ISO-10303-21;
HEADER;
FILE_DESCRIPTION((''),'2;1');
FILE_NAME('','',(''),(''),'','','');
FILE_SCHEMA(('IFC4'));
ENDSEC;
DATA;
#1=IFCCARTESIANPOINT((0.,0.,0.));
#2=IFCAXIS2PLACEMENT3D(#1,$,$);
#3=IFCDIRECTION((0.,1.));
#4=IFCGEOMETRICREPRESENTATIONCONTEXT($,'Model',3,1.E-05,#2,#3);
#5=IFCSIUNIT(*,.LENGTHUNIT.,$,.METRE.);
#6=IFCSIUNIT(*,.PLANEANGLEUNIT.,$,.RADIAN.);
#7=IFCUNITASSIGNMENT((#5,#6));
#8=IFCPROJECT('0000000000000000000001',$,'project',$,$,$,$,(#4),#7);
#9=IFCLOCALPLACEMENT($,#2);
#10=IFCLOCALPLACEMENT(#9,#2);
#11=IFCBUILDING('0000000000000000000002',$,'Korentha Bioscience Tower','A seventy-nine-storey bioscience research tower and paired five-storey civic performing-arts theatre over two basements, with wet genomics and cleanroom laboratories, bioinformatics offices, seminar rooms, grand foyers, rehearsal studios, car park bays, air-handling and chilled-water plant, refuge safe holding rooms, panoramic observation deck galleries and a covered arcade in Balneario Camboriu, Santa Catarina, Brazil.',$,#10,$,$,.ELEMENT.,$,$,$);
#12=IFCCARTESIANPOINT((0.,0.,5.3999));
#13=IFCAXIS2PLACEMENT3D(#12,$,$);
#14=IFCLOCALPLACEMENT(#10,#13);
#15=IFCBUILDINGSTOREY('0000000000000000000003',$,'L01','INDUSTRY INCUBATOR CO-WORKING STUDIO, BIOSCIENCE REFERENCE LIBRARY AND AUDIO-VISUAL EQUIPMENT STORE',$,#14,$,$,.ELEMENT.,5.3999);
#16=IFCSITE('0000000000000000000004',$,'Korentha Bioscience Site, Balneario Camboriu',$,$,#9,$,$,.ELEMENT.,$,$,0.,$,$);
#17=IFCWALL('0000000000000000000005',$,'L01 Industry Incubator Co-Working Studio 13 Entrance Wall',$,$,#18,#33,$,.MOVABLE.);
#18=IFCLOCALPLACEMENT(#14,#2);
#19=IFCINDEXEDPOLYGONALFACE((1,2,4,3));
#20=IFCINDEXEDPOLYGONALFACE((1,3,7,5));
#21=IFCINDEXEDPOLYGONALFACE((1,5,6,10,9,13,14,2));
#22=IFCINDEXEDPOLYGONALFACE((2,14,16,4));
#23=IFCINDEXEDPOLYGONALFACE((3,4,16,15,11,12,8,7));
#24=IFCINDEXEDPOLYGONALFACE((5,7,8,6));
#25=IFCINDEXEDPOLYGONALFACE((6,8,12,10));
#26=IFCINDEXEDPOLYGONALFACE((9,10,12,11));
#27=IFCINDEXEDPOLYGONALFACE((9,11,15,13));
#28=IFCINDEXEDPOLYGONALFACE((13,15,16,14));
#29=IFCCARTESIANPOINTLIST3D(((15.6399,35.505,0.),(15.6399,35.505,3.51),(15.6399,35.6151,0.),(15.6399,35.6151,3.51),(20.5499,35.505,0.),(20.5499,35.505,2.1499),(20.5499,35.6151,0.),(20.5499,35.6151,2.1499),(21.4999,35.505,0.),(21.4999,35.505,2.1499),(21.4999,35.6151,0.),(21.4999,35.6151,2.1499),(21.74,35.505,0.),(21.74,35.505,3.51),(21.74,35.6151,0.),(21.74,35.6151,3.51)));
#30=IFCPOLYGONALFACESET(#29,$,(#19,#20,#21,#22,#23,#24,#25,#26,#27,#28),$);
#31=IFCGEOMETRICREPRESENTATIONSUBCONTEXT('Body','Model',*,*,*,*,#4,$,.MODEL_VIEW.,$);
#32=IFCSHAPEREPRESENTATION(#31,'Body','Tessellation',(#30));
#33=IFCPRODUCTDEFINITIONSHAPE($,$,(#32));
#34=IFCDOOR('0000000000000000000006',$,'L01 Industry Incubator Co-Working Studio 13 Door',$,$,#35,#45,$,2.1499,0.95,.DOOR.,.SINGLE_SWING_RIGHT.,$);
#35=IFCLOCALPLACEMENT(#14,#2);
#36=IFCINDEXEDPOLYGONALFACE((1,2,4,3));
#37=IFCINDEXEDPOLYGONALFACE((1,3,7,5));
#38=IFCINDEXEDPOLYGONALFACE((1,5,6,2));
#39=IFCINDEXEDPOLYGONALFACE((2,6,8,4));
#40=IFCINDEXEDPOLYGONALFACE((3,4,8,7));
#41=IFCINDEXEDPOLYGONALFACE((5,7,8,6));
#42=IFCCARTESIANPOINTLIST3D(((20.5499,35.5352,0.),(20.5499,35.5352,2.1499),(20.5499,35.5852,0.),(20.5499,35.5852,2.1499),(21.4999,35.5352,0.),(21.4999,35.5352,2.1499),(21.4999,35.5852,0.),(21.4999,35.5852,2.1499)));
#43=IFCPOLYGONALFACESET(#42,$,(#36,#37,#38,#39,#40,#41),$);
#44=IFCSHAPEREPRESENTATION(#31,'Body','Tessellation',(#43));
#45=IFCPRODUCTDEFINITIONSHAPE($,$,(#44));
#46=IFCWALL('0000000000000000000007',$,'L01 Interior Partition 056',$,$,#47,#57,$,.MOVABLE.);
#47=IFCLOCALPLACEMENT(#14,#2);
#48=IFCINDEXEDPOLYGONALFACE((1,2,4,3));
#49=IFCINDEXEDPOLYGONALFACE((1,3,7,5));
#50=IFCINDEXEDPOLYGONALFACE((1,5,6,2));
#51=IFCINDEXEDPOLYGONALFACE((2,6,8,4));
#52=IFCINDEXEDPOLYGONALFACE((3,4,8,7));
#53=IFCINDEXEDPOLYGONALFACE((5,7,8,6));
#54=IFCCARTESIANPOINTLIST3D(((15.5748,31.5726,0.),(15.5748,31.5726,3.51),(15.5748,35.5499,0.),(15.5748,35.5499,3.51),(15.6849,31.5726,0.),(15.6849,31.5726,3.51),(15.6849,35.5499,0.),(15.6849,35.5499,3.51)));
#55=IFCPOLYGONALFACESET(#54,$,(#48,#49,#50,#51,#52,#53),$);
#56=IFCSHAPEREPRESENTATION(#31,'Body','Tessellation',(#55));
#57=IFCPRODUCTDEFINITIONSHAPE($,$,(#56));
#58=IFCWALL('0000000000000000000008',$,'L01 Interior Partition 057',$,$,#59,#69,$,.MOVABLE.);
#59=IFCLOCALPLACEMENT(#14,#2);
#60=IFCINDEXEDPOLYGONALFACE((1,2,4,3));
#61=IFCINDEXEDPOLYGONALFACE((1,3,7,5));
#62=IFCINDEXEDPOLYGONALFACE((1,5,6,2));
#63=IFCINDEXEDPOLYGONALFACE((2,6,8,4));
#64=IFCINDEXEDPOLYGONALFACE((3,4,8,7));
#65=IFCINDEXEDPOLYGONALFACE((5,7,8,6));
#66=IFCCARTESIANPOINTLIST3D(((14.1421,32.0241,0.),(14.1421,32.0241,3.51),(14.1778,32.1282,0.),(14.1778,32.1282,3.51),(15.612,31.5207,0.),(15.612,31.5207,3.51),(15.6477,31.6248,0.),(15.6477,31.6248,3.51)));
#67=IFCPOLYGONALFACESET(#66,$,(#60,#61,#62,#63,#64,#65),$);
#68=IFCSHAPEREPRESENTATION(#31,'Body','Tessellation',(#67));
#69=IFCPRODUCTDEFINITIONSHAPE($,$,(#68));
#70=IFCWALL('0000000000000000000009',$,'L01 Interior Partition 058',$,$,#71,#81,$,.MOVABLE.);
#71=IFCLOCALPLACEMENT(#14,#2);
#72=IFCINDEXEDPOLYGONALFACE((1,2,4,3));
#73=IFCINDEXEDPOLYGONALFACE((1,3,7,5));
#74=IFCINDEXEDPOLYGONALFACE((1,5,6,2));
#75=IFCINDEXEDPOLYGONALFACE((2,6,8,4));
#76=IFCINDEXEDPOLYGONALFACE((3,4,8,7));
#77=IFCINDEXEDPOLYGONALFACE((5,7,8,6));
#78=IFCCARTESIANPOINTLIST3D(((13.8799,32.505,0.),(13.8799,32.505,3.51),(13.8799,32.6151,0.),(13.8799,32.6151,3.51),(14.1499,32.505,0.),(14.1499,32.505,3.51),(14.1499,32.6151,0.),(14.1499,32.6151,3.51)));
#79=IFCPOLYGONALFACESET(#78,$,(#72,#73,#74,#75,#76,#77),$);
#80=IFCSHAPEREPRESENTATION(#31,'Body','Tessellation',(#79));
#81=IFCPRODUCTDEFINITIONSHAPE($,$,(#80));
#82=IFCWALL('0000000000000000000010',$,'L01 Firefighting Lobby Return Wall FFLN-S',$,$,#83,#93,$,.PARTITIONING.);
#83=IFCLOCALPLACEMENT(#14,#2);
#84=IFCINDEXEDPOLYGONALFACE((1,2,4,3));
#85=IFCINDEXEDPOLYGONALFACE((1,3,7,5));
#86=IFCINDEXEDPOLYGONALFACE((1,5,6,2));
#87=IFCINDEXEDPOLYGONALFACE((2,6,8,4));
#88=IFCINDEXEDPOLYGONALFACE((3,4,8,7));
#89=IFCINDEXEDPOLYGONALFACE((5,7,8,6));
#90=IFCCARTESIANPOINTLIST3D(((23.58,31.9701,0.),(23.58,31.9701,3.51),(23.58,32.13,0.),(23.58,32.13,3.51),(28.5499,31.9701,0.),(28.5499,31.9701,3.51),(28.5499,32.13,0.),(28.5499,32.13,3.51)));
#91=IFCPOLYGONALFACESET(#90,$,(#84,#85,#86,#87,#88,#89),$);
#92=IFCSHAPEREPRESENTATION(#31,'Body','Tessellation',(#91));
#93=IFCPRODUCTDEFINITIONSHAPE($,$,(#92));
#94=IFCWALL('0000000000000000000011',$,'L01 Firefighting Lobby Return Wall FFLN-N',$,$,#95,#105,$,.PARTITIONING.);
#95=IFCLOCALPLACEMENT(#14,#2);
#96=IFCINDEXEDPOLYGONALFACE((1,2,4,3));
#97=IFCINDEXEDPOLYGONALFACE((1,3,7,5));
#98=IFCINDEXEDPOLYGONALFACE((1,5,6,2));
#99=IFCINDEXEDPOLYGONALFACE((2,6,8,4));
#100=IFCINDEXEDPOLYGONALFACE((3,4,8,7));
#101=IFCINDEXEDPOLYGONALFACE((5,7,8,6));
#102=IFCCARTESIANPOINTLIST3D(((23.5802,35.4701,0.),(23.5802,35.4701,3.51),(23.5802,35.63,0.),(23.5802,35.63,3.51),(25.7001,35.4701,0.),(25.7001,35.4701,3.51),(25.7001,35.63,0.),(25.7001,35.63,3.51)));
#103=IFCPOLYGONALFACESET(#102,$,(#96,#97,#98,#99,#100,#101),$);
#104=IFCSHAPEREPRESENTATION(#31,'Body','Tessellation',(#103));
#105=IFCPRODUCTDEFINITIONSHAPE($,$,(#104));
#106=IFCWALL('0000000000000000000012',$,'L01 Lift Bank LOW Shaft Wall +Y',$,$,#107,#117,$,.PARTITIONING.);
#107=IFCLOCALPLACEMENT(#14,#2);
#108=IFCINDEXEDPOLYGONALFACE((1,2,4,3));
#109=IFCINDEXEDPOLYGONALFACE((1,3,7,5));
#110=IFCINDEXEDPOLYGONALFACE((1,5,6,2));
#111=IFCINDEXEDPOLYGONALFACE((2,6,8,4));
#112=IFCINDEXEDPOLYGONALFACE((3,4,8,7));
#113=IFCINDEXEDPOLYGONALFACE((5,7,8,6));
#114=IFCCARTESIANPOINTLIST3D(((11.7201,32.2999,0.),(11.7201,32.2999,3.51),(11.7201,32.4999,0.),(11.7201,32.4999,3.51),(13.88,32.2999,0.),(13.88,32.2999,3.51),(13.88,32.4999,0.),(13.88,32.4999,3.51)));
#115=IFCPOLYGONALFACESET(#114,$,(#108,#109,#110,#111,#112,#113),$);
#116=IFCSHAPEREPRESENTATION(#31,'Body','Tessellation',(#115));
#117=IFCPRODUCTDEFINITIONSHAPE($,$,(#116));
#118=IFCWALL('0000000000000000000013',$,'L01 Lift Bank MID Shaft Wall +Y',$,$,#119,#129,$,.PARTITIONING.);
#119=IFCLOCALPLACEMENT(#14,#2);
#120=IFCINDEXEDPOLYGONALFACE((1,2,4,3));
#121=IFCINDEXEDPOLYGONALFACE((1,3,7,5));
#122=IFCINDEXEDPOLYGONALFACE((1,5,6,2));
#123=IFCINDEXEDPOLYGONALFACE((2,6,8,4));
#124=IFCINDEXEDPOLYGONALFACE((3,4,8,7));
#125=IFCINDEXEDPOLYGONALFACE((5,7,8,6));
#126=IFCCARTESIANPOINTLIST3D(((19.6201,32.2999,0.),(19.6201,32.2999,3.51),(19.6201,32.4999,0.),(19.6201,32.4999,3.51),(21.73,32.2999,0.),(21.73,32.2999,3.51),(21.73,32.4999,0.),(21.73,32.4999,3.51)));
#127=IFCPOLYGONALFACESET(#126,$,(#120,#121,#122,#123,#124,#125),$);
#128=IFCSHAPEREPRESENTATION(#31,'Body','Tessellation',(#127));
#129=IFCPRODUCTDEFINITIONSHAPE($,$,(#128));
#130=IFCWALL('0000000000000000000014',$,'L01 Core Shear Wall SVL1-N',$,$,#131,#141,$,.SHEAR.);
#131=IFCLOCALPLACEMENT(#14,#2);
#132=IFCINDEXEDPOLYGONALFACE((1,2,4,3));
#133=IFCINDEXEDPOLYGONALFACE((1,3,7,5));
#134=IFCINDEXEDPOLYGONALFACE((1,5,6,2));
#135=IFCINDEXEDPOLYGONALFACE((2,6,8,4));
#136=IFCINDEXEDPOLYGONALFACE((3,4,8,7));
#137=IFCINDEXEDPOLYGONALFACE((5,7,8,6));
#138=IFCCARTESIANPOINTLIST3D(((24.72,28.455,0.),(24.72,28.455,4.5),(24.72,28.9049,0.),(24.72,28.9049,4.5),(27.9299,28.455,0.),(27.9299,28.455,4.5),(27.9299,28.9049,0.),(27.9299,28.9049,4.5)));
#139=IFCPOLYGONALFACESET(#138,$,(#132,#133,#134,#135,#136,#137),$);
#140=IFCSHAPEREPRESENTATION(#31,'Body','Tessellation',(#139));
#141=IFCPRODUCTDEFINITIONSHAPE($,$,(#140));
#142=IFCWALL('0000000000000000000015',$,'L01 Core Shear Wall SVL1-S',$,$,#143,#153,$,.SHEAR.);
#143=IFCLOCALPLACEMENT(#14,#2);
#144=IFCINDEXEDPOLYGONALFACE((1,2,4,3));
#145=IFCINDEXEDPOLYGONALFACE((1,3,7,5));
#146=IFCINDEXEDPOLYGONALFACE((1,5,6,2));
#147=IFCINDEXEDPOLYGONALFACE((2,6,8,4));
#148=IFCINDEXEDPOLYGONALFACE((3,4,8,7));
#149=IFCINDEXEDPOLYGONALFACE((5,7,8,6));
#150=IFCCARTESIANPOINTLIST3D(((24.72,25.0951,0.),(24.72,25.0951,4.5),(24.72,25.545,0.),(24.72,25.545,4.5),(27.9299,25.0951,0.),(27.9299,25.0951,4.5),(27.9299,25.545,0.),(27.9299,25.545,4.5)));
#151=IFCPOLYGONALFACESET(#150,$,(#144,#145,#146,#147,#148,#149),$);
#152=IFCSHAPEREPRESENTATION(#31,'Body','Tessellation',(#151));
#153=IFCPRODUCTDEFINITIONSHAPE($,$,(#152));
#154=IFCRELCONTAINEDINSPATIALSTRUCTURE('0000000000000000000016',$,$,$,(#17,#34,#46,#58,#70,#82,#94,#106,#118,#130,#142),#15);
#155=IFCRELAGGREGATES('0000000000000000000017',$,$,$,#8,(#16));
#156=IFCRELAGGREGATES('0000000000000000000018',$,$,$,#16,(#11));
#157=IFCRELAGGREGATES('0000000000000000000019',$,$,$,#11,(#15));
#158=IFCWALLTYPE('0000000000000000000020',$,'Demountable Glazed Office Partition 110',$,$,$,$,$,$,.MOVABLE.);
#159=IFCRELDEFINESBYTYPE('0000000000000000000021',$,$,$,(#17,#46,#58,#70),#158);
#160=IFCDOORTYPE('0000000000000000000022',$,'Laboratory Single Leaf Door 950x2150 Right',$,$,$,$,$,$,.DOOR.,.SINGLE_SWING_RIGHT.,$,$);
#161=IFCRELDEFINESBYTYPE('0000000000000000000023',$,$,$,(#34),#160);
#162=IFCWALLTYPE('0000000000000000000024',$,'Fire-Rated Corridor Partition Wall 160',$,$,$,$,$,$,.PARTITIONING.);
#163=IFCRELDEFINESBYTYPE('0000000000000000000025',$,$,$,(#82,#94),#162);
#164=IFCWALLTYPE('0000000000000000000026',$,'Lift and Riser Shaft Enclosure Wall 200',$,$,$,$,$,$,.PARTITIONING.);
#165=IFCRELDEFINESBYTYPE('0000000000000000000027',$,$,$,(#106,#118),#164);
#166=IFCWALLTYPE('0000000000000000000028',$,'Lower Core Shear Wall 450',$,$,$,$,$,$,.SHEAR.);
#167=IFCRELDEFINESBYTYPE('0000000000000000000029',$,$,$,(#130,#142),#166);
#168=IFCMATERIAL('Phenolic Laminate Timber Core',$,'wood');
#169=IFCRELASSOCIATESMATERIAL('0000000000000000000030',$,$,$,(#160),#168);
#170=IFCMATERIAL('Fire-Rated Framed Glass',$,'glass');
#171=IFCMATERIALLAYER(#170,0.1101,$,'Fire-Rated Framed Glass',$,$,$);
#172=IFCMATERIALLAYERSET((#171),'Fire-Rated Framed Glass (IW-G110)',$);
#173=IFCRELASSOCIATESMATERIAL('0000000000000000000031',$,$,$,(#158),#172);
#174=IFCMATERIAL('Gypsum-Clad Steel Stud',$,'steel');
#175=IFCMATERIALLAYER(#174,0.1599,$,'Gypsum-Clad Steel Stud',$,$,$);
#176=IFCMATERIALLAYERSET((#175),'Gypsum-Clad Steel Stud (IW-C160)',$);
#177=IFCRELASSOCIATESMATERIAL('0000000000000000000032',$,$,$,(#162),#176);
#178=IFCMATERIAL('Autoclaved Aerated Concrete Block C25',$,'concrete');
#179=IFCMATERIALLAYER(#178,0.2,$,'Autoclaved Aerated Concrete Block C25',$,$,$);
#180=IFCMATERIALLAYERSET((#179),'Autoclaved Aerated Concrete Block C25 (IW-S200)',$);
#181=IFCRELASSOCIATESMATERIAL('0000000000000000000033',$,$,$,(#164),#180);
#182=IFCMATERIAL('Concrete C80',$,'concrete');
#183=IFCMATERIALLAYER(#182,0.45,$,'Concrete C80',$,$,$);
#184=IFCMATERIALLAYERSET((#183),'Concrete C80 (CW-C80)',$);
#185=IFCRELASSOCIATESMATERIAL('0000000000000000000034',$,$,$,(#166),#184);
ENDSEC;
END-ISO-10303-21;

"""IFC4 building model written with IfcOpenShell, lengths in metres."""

from ifc_helpers import new_model, si_unit, direction, frame, frame_2d, origin, place, context, subcontext, project, spatial, rectangle, extrude, material, layer, layer_set, type_object, element, fill, save


model = new_model("IFC4")

# Units and contexts
model_context = context("Model", 3, precision=1e-05, world=origin(), true_north=direction((0.0, 1.0)))
body_context = subcontext(model_context, "Body", "Model", "MODEL_VIEW")
ifc_project = project(units=[si_unit("LENGTHUNIT", "METRE"), si_unit("PLANEANGLEUNIT", "RADIAN")], contexts=[model_context])

# Site, building, storey
site_placement = place(None, origin())
site = spatial("IfcSite", under=ifc_project, at=site_placement, Name="Korentha Bioscience Site, Balneario Camboriu", CompositionType="ELEMENT", RefElevation=0.0)
building_placement = place(site_placement, origin())
building = spatial("IfcBuilding", under=site, at=building_placement, Name="Korentha Bioscience Tower", Description="A seventy-nine-storey bioscience research tower and paired five-storey civic performing-arts theatre over two basements, with wet genomics and cleanroom laboratories, bioinformatics offices, seminar rooms, grand foyers, rehearsal studios, car park bays, air-handling and chilled-water plant, refuge safe holding rooms, panoramic observation deck galleries and a covered arcade in Balneario Camboriu, Santa Catarina, Brazil.", CompositionType="ELEMENT")
storey_placement = place(building_placement, frame((0.0, 0.0, 5.3999)))
storey = spatial("IfcBuildingStorey", under=building, at=storey_placement, Name="L01", Description="INDUSTRY INCUBATOR CO-WORKING STUDIO, BIOSCIENCE REFERENCE LIBRARY AND AUDIO-VISUAL EQUIPMENT STORE", CompositionType="ELEMENT", Elevation=5.3999)

# Shared definitions
ifc_material_1 = material(Name="Concrete C80", Category="concrete")

# Shared definitions
ifc_material_2 = material(Name="Phenolic Laminate Timber Core", Category="wood")
door_type_1 = type_object("IfcDoorType", Name="Laboratory Single Leaf Door 950x2150 Right", OperationType="SINGLE_SWING_RIGHT", PredefinedType="DOOR", material=ifc_material_2)

# Wall, opening, door
ifc_material_3 = material(Name="Fire-Rated Framed Glass", Category="glass")
ifc_layer_1 = layer(ifc_material_3, 0.1101, Name="Fire-Rated Framed Glass")
ifc_layer_set_1 = layer_set([ifc_layer_1], Name="Fire-Rated Framed Glass (IW-G110)")
wall_type_1 = type_object("IfcWallType", Name="Demountable Glazed Office Partition 110", PredefinedType="MOVABLE", material=ifc_layer_set_1)
wall_1_placement = place(storey_placement, frame((21.74, 35.5601, 0.0), z_axis=(0.0, 0.0, 1.0), x_axis=(-1.0, 0.0, 0.0)))
wall_1 = element("IfcWall", 1, at=wall_1_placement, inside=storey, type_object=wall_type_1, Name="L01 Industry Incubator Co-Working Studio 13 Entrance Wall", PredefinedType="MOVABLE", context=body_context, shape_type="SweptSolid", body=[
    extrude(rectangle(XDim=6.1001, YDim=0.1101, at=frame_2d((3.05, 0.0))), origin(), (0.0, 0.0, 1.0), 3.51),
])
opening_1_placement = place(wall_1_placement, frame((0.24, 0.0, 0.0)))
opening_1 = element("IfcOpeningElement", 2, at=opening_1_placement, cuts=wall_1, PredefinedType="OPENING", context=body_context, shape_type="SweptSolid", body=[
    extrude(rectangle(XDim=0.95, YDim=2.1499, at=frame_2d((0.4751, 1.075))), frame((0.0, 0.0698, 0.0), z_axis=(0.0, -1.0, 0.0), x_axis=(1.0, 0.0, 0.0)), (0.0, 0.0, 1.0), 0.1399),
])
door_1_placement = place(opening_1_placement, origin())
door_1 = element("IfcDoor", 3, at=door_1_placement, inside=storey, type_object=door_type_1, Name="L01 Industry Incubator Co-Working Studio 13 Door", OperationType="SINGLE_SWING_RIGHT", OverallHeight=2.1499, OverallWidth=0.95, PredefinedType="DOOR", context=body_context, shape_type="SweptSolid", body=[
    extrude(rectangle(XDim=0.95, YDim=2.1499, at=frame_2d((0.4751, 1.075))), frame((0.0, 0.0249, 0.0), z_axis=(0.0, -1.0, 0.0), x_axis=(1.0, 0.0, 0.0)), (0.0, 0.0, 1.0), 0.05),
])
fill(opening_1, door_1)

# Walls
wall_2_placement = place(storey_placement, frame((15.6299, 35.55, 0.0), z_axis=(0.0, 0.0, 1.0), x_axis=(0.0, -1.0, 0.0)))
element("IfcWall", 4, at=wall_2_placement, inside=storey, type_object=wall_type_1, Name="L01 Interior Partition 056", PredefinedType="MOVABLE", context=body_context, shape_type="SweptSolid", body=[
    extrude(rectangle(XDim=3.9773, YDim=0.1101, at=frame_2d((1.9888, 0.0))), origin(), (0.0, 0.0, 1.0), 3.51),
])
wall_3_placement = place(storey_placement, frame((15.6299, 31.5728, 0.0), z_axis=(0.0, 0.0, 1.0), x_axis=(-0.946059, 0.323995, 0.0)))
element("IfcWall", 5, at=wall_3_placement, inside=storey, type_object=wall_type_1, Name="L01 Interior Partition 057", PredefinedType="MOVABLE", context=body_context, shape_type="SweptSolid", body=[
    extrude(rectangle(XDim=1.5537, YDim=0.1101, at=frame_2d((0.7769, 0.0))), origin(), (0.0, 0.0, 1.0), 3.51),
])
wall_4_placement = place(storey_placement, frame((14.1499, 32.5601, 0.0), z_axis=(0.0, 0.0, 1.0), x_axis=(-1.0, 0.0, 0.0)))
element("IfcWall", 6, at=wall_4_placement, inside=storey, type_object=wall_type_1, Name="L01 Interior Partition 058", PredefinedType="MOVABLE", context=body_context, shape_type="SweptSolid", body=[
    extrude(rectangle(XDim=0.27, YDim=0.1101, at=frame_2d((0.135, 0.0))), origin(), (0.0, 0.0, 1.0), 3.51),
])

# Shared definitions
ifc_material_4 = material(Name="Gypsum-Clad Steel Stud", Category="steel")
ifc_layer_2 = layer(ifc_material_4, 0.1599, Name="Gypsum-Clad Steel Stud")
ifc_layer_set_2 = layer_set([ifc_layer_2], Name="Gypsum-Clad Steel Stud (IW-C160)")
wall_type_2 = type_object("IfcWallType", Name="Fire-Rated Corridor Partition Wall 160", PredefinedType="PARTITIONING", material=ifc_layer_set_2)

# Walls
wall_5_placement = place(storey_placement, frame((23.5801, 32.05, 0.0), z_axis=(0.0, 0.0, 1.0), x_axis=(1.0, 0.0, 0.0)))
element("IfcWall", 7, at=wall_5_placement, inside=storey, type_object=wall_type_2, Name="L01 Firefighting Lobby Return Wall FFLN-S", PredefinedType="PARTITIONING", context=body_context, shape_type="SweptSolid", body=[
    extrude(rectangle(XDim=4.97, YDim=0.1599, at=frame_2d((2.4849, 0.0))), origin(), (0.0, 0.0, 1.0), 3.51),
])
wall_6_placement = place(storey_placement, frame((23.5801, 35.55, 0.0), z_axis=(0.0, 0.0, 1.0), x_axis=(1.0, 0.0, 0.0)))
element("IfcWall", 8, at=wall_6_placement, inside=storey, type_object=wall_type_2, Name="L01 Firefighting Lobby Return Wall FFLN-N", PredefinedType="PARTITIONING", context=body_context, shape_type="SweptSolid", body=[
    extrude(rectangle(XDim=2.1199, YDim=0.1599, at=frame_2d((1.0601, 0.0))), origin(), (0.0, 0.0, 1.0), 3.51),
])
ifc_material_5 = material(Name="Autoclaved Aerated Concrete Block C25", Category="concrete")
ifc_layer_3 = layer(ifc_material_5, 0.2, Name="Autoclaved Aerated Concrete Block C25")
ifc_layer_set_3 = layer_set([ifc_layer_3], Name="Autoclaved Aerated Concrete Block C25 (IW-S200)")
wall_type_3 = type_object("IfcWallType", Name="Lift and Riser Shaft Enclosure Wall 200", PredefinedType="PARTITIONING", material=ifc_layer_set_3)
wall_7_placement = place(storey_placement, frame((11.72, 32.3999, 0.0), z_axis=(0.0, 0.0, 1.0), x_axis=(1.0, 0.0, 0.0)))
element("IfcWall", 9, at=wall_7_placement, inside=storey, type_object=wall_type_3, Name="L01 Lift Bank LOW Shaft Wall +Y", PredefinedType="PARTITIONING", context=body_context, shape_type="SweptSolid", body=[
    extrude(rectangle(XDim=2.1599, YDim=0.2, at=frame_2d((1.0801, 0.0))), origin(), (0.0, 0.0, 1.0), 3.51),
])
wall_8_placement = place(storey_placement, frame((19.6201, 32.3999, 0.0), z_axis=(0.0, 0.0, 1.0), x_axis=(1.0, 0.0, 0.0)))
element("IfcWall", 10, at=wall_8_placement, inside=storey, type_object=wall_type_3, Name="L01 Lift Bank MID Shaft Wall +Y", PredefinedType="PARTITIONING", context=body_context, shape_type="SweptSolid", body=[
    extrude(rectangle(XDim=2.1099, YDim=0.2, at=frame_2d((1.0549, 0.0))), origin(), (0.0, 0.0, 1.0), 3.51),
])
ifc_layer_4 = layer(ifc_material_1, 0.45, Name="Concrete C80")
ifc_layer_set_4 = layer_set([ifc_layer_4], Name="Concrete C80 (CW-C80)")
wall_type_4 = type_object("IfcWallType", Name="Lower Core Shear Wall 450", PredefinedType="SHEAR", material=ifc_layer_set_4)
for number, where, z_axis, x_axis, name in (
    (11, (24.72, 28.6799, 0.0), (0.0, 0.0, 1.0), (1.0, 0.0, 0.0), "L01 Core Shear Wall SVL1-N"),
    (12, (24.72, 25.3201, 0.0), (0.0, 0.0, 1.0), (1.0, 0.0, 0.0), "L01 Core Shear Wall SVL1-S"),
):
    element("IfcWall", number, at=place(storey_placement, frame(where, z_axis=z_axis, x_axis=x_axis)), inside=storey, type_object=wall_type_4, Name=name, PredefinedType="SHEAR", context=body_context, shape_type="SweptSolid", body=[
        extrude(rectangle(XDim=3.21, YDim=0.45, at=frame_2d((1.605, 0.0))), origin(), (0.0, 0.0, 1.0), 4.5),
    ])

save(model, "model.ifc")
